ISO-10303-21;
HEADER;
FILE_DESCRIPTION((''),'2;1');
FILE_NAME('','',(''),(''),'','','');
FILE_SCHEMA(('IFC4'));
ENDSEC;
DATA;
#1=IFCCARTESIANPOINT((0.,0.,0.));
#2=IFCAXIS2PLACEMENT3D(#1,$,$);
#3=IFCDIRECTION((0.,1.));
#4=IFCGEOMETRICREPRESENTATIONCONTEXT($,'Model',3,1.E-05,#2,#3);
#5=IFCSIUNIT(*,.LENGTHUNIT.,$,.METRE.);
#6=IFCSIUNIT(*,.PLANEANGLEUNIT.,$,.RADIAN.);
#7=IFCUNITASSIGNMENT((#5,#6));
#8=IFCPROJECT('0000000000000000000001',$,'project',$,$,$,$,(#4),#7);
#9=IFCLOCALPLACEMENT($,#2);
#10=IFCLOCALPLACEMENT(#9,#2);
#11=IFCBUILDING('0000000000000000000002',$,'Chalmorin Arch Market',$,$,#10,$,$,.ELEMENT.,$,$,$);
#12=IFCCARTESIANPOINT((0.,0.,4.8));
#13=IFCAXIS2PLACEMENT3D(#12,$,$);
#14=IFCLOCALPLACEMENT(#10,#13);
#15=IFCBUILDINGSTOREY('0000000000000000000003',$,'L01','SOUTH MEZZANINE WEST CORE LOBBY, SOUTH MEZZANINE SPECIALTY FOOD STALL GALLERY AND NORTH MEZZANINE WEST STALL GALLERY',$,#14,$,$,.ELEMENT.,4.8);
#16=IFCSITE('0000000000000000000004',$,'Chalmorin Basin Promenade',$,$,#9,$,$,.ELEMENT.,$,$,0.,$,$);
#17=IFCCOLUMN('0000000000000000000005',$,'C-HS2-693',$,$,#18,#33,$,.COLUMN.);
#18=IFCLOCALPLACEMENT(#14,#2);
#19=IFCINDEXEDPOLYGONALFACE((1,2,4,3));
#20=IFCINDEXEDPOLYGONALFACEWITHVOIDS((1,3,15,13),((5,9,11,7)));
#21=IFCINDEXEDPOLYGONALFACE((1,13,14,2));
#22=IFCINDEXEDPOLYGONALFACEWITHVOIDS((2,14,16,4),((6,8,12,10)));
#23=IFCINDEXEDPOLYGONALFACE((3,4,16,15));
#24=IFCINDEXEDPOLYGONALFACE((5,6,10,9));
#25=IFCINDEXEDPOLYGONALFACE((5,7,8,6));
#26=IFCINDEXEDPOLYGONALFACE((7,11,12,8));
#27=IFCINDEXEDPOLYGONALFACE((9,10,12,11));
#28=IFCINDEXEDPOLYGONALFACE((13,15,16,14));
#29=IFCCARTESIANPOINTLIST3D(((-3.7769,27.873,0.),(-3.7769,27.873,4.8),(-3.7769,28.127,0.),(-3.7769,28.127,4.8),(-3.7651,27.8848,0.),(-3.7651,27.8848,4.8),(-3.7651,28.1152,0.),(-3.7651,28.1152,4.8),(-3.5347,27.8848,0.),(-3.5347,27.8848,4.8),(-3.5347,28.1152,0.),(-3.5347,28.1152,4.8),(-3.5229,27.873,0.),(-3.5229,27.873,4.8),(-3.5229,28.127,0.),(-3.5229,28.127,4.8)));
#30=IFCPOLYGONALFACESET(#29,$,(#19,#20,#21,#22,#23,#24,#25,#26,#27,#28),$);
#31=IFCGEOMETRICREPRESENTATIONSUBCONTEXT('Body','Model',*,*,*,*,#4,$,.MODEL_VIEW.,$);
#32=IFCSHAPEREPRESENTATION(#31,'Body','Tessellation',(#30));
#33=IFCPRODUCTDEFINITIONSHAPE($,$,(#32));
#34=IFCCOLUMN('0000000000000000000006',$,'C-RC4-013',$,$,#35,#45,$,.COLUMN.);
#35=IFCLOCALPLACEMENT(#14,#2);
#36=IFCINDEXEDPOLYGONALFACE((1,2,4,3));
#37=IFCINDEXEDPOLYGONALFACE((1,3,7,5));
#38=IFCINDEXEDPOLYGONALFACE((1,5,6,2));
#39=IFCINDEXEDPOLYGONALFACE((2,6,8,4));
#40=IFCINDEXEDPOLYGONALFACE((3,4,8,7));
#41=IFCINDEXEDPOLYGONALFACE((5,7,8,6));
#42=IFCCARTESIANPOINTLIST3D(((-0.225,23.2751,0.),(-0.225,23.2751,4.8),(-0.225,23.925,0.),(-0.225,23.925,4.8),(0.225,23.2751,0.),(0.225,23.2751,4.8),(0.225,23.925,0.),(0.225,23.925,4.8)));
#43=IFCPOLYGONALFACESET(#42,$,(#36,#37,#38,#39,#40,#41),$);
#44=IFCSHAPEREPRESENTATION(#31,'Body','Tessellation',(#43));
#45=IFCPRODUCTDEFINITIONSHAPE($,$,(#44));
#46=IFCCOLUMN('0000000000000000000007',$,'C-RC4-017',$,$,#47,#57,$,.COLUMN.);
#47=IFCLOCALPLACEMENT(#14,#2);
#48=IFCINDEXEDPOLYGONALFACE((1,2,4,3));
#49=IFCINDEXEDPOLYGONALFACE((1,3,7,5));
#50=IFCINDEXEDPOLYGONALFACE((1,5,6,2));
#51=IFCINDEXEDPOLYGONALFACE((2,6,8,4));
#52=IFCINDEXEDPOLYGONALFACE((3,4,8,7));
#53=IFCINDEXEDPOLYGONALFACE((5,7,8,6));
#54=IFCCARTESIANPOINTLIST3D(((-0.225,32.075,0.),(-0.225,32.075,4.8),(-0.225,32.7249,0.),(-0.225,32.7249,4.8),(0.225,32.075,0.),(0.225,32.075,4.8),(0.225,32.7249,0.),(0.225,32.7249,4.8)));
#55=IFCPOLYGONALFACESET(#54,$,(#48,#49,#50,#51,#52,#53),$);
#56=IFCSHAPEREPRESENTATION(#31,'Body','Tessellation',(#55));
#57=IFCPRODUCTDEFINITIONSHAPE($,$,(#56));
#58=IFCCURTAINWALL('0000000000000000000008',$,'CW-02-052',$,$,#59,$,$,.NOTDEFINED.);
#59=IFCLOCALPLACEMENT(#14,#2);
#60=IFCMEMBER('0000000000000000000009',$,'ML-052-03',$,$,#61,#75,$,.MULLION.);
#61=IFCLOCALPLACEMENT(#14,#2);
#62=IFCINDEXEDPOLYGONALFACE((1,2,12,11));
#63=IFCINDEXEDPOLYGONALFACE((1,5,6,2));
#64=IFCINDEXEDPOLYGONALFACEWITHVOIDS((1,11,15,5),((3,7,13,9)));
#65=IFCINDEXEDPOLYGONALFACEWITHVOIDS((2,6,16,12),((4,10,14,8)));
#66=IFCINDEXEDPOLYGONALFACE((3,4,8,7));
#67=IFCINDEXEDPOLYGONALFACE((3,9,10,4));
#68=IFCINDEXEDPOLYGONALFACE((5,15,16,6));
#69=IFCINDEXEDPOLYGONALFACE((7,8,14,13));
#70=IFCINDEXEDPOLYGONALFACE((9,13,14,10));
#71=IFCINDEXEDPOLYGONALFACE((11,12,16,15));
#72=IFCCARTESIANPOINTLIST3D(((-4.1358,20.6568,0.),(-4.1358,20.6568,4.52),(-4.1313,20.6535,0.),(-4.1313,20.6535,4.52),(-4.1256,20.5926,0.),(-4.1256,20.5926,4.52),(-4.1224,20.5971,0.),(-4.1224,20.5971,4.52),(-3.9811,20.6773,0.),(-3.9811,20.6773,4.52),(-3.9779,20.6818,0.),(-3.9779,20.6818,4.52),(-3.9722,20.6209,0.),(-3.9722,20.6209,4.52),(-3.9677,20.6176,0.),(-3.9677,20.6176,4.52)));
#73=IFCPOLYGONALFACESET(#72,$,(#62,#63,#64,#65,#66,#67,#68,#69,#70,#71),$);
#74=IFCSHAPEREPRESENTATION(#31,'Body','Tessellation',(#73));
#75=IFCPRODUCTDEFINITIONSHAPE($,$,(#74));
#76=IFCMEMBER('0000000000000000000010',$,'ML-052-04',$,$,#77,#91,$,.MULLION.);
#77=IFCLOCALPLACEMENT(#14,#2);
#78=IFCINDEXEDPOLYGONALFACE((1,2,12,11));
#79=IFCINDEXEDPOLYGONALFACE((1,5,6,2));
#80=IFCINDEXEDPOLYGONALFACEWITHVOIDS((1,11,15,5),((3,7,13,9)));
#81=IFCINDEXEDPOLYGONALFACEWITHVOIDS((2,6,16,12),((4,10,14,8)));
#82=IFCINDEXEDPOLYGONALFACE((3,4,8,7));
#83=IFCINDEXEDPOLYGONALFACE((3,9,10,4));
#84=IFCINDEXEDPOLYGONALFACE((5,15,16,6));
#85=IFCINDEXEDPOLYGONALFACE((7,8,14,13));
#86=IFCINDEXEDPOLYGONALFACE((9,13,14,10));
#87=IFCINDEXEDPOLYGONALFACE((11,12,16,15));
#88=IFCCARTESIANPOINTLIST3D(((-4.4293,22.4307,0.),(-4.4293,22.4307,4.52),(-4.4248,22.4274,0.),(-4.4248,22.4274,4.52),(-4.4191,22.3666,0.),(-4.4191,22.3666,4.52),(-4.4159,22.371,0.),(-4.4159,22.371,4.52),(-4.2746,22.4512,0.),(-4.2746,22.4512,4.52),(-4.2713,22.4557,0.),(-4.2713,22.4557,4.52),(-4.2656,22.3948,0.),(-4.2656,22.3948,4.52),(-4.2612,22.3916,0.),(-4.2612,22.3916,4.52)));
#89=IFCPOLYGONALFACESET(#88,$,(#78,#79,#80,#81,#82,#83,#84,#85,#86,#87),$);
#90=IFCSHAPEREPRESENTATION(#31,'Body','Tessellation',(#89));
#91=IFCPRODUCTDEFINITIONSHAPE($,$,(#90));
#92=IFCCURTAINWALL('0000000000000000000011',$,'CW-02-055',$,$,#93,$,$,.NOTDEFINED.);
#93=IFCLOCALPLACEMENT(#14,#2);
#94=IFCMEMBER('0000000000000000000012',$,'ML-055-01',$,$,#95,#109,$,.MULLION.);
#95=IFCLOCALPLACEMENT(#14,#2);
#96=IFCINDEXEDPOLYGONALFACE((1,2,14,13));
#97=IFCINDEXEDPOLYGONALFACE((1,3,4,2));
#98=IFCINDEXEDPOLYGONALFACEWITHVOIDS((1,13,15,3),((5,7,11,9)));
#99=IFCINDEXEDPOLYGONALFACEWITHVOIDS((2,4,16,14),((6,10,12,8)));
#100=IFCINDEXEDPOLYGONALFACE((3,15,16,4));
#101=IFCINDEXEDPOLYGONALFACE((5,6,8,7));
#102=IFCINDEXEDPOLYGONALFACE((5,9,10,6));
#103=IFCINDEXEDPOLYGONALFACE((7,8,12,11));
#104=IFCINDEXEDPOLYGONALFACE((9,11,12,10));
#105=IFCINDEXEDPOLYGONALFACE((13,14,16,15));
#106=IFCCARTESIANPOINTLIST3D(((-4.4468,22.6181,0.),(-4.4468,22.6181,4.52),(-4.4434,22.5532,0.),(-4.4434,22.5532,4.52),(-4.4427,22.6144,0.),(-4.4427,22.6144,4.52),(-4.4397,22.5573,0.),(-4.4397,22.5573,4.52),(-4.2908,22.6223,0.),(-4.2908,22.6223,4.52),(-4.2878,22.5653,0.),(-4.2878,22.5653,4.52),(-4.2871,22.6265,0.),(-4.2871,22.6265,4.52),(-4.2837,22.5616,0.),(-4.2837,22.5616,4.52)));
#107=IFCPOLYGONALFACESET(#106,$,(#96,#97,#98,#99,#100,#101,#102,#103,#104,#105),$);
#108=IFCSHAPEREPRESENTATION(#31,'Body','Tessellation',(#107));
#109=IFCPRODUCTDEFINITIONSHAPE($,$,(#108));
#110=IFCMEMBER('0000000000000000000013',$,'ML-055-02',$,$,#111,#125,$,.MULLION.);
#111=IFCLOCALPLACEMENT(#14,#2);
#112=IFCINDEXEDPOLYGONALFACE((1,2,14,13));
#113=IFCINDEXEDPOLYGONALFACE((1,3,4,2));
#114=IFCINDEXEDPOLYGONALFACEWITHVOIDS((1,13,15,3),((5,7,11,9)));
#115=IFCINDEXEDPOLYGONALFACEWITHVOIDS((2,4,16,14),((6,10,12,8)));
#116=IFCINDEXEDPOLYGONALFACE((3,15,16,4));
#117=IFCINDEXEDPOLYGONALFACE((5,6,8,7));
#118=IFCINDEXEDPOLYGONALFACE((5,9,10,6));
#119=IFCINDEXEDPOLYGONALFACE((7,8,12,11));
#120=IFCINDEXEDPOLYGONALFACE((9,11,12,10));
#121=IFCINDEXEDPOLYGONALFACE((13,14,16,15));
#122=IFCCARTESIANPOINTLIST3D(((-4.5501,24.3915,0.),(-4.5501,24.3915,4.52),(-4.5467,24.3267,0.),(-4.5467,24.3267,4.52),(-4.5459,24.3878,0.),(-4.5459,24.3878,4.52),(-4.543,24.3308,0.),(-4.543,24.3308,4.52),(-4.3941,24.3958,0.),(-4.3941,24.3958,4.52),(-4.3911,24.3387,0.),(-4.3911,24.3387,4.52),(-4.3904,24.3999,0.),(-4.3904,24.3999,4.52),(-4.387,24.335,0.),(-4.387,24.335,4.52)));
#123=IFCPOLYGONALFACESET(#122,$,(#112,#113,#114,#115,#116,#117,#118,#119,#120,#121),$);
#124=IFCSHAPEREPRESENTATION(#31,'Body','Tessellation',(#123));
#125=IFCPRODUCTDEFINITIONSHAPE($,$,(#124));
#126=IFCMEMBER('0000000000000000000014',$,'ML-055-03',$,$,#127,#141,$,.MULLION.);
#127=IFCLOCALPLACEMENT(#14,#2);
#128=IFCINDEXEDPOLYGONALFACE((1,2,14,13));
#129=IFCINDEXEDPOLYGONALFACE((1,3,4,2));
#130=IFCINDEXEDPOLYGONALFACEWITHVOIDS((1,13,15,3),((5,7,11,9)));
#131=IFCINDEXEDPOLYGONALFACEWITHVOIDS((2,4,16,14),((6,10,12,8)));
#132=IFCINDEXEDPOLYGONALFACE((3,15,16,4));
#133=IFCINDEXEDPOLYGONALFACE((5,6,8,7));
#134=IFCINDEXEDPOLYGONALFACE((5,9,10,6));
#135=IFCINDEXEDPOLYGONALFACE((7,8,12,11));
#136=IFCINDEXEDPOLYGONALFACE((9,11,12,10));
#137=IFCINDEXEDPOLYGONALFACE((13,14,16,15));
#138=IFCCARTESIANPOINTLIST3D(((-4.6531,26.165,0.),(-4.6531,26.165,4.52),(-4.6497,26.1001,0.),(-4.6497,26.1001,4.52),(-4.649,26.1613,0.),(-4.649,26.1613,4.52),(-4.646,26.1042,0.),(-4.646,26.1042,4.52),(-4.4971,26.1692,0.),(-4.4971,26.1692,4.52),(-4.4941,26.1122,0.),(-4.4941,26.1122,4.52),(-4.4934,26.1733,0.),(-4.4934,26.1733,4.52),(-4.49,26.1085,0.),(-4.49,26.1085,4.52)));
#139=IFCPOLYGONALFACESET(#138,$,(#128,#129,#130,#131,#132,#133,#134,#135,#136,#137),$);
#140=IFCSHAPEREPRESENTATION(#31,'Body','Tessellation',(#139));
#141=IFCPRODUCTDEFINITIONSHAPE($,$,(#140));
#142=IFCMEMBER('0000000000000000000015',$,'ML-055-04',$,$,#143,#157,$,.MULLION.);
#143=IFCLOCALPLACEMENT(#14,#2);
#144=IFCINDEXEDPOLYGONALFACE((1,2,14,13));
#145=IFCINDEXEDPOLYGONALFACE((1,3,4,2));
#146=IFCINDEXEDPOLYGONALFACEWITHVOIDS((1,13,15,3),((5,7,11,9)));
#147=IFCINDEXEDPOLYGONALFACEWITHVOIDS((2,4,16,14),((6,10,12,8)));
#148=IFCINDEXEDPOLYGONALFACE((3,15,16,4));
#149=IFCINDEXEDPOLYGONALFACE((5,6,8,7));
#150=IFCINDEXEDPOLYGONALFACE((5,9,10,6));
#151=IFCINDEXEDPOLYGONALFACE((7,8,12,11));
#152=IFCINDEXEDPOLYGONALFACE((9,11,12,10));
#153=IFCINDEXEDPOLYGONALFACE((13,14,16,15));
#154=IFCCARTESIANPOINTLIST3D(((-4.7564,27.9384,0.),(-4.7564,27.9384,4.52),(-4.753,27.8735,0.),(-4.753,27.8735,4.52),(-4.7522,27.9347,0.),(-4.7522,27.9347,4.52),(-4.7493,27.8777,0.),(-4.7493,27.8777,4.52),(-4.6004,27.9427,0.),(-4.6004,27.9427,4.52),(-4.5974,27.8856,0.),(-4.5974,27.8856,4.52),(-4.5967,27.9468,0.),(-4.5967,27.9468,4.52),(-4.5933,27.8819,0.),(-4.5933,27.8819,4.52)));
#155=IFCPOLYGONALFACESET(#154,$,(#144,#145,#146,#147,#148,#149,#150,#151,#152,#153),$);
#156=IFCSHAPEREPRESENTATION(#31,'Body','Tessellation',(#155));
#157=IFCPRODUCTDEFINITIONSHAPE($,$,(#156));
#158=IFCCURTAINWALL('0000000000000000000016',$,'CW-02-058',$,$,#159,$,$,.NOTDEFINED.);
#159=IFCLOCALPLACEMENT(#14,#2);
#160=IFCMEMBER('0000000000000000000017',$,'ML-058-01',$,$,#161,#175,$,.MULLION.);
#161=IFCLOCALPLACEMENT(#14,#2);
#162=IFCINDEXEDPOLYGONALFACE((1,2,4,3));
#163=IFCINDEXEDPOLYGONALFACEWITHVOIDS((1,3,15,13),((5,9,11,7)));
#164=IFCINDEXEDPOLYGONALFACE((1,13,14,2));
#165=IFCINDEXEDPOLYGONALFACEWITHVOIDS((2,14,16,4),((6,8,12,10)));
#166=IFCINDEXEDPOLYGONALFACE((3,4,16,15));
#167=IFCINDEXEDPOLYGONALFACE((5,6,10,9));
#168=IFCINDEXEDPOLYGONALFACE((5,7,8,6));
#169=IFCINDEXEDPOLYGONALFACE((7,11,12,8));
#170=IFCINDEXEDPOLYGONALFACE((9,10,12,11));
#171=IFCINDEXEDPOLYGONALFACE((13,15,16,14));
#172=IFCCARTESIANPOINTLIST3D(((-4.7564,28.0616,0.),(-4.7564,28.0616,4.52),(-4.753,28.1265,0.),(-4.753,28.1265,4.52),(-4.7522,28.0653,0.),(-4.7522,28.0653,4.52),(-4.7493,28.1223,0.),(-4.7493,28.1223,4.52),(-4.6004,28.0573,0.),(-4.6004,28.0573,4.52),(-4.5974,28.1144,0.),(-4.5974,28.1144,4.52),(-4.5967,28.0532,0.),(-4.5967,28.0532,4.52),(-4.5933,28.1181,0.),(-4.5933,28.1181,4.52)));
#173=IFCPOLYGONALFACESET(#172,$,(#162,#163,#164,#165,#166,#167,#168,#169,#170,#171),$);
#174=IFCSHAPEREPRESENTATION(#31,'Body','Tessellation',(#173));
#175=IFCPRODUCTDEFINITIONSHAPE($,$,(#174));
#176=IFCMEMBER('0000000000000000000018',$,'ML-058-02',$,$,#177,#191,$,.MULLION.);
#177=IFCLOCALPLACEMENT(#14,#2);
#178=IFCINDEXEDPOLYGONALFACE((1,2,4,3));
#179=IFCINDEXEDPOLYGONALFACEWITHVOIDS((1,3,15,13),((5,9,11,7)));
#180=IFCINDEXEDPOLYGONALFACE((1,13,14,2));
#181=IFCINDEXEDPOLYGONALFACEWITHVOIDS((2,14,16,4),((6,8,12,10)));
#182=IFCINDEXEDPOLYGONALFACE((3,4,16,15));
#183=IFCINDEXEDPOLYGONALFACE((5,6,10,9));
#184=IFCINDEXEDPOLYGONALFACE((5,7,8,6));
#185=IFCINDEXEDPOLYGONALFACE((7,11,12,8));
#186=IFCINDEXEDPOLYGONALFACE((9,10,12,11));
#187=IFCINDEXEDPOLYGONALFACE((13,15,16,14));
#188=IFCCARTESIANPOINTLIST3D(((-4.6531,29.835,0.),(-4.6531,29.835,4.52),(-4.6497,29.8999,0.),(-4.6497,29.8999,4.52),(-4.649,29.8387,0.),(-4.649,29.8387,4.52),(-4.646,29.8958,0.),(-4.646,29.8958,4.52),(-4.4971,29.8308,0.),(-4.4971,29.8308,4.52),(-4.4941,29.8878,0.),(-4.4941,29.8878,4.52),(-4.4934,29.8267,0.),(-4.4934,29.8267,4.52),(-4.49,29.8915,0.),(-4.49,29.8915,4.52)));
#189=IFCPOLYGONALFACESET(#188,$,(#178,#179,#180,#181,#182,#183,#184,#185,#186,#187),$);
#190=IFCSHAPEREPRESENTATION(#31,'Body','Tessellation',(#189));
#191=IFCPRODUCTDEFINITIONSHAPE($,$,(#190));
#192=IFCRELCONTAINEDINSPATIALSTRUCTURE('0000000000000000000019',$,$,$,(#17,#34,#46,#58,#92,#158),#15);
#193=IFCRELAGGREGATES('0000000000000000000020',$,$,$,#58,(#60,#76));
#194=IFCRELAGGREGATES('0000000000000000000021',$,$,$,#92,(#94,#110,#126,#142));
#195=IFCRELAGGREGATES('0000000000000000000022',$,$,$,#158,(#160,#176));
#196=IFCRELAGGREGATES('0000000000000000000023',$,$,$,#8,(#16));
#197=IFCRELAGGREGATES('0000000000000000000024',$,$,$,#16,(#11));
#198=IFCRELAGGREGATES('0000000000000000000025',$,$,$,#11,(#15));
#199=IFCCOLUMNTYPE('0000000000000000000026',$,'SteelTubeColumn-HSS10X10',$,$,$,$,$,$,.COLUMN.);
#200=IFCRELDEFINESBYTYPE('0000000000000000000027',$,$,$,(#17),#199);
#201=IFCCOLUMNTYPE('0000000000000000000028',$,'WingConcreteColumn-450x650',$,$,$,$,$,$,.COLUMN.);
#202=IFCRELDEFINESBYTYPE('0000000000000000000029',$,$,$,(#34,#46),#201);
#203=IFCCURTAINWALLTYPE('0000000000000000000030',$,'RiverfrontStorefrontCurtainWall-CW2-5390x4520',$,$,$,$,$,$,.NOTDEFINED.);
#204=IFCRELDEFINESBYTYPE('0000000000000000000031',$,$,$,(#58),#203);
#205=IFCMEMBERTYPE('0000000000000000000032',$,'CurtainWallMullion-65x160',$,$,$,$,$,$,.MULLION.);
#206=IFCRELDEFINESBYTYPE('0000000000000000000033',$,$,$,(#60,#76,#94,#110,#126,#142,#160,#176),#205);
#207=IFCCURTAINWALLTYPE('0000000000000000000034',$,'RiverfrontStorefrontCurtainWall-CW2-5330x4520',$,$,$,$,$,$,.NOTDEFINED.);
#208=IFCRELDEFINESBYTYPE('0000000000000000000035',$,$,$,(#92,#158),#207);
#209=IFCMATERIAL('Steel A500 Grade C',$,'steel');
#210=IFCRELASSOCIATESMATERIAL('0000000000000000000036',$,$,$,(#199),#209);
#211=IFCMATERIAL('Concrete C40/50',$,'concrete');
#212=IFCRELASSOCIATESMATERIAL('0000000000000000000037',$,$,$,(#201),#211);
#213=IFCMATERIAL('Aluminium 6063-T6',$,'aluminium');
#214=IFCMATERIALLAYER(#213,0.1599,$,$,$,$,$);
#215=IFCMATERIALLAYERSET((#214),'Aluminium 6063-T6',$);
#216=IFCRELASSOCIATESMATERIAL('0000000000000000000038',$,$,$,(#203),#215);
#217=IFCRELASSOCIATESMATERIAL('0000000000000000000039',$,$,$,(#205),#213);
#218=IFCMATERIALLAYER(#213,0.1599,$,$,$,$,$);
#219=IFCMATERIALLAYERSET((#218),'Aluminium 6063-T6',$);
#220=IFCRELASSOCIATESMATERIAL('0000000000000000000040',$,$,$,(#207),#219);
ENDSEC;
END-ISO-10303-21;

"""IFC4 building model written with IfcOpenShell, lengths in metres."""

from ifc_helpers import new_model, si_unit, direction, frame, origin, origin_2d, place, context, subcontext, project, spatial, rectangle, hollow_rectangle, extrude, material, layer, layer_set, material_profile, profile_set, type_object, element, aggregate, save


model = new_model("IFC4")

# Units and contexts
model_context = context("Model", 3, precision=1e-05, world=origin(), true_north=direction((0.0, 1.0)))
body_context = subcontext(model_context, "Body", "Model", "MODEL_VIEW")
ifc_project = project(units=[si_unit("LENGTHUNIT", "METRE"), si_unit("PLANEANGLEUNIT", "RADIAN")], contexts=[model_context])

# Site, building, storey
site_placement = place(None, origin())
site = spatial("IfcSite", under=ifc_project, at=site_placement, Name="Chalmorin Basin Promenade", CompositionType="ELEMENT", RefElevation=0.0)
building_placement = place(site_placement, origin())
building = spatial("IfcBuilding", under=site, at=building_placement, Name="Chalmorin Arch Market", CompositionType="ELEMENT")
storey_placement = place(building_placement, frame((0.0, 0.0, 4.8)))
storey = spatial("IfcBuildingStorey", under=building, at=storey_placement, Name="L01", Description="SOUTH MEZZANINE WEST CORE LOBBY, SOUTH MEZZANINE SPECIALTY FOOD STALL GALLERY AND NORTH MEZZANINE WEST STALL GALLERY", CompositionType="ELEMENT", Elevation=4.8)

# Columns
ifc_material_1 = material(Name="Steel A500 Grade C", Category="steel")
ifc_material_profile_1 = material_profile(ifc_material_1, hollow_rectangle(XDim=0.2539, YDim=0.2539, WallThickness=0.0117, at=origin_2d()), Name="HSS10X10X1/2")
ifc_profile_set_1 = profile_set([ifc_material_profile_1], Name="Steel A500 Grade C")
column_type_1 = type_object("IfcColumnType", Name="SteelTubeColumn-HSS10X10", PredefinedType="COLUMN", material=ifc_profile_set_1)
column_placement = place(storey_placement, frame((-3.6499, 28.0, 0.0), z_axis=(0.0, 0.0, 1.0), x_axis=(1.0, 0.0, 0.0)))
element("IfcColumn", 1, at=column_placement, inside=storey, type_object=column_type_1, Name="C-HS2-693", PredefinedType="COLUMN", context=body_context, shape_type="SweptSolid", body=[
    extrude(hollow_rectangle(XDim=0.2539, YDim=0.2539, WallThickness=0.0117, at=origin_2d()), origin(), (0.0, 0.0, 1.0), 4.8),
])
ifc_material_2 = material(Name="Concrete C40/50", Category="concrete")
ifc_material_profile_2 = material_profile(ifc_material_2, rectangle(XDim=0.45, YDim=0.6499, at=origin_2d()), Name="RC450X650")
ifc_profile_set_2 = profile_set([ifc_material_profile_2], Name="Concrete C40/50")
column_type_2 = type_object("IfcColumnType", Name="WingConcreteColumn-450x650", PredefinedType="COLUMN", material=ifc_profile_set_2)
for number, where, z_axis, x_axis, name in (
    (2, (0.0, 23.6001, 0.0), (0.0, 0.0, 1.0), (1.0, 0.0, 0.0), "C-RC4-013"),
    (3, (0.0, 32.3999, 0.0), (0.0, 0.0, 1.0), (1.0, 0.0, 0.0), "C-RC4-017"),
):
    element("IfcColumn", number, at=place(storey_placement, frame(where, z_axis=z_axis, x_axis=x_axis)), inside=storey, type_object=column_type_2, Name=name, PredefinedType="COLUMN", context=body_context, shape_type="SweptSolid", body=[
        extrude(rectangle(XDim=0.45, YDim=0.6499, at=origin_2d()), origin(), (0.0, 0.0, 1.0), 4.8),
    ])

# Curtain walls, members
ifc_material_3 = material(Name="Aluminium 6063-T6", Category="aluminium")
ifc_layer_1 = layer(ifc_material_3, 0.1599)
ifc_layer_set_1 = layer_set([ifc_layer_1], Name="Aluminium 6063-T6")
curtain_wall_type_1 = type_object("IfcCurtainWallType", Name="RiverfrontStorefrontCurtainWall-CW2-5390x4520", PredefinedType="NOTDEFINED", material=ifc_layer_set_1)
curtain_wall_1_placement = place(storey_placement, origin())
curtain_wall_1 = element("IfcCurtainWall", 4, at=curtain_wall_1_placement, inside=storey, type_object=curtain_wall_type_1, Name="CW-02-052", PredefinedType="NOTDEFINED")
ifc_material_profile_3 = material_profile(ifc_material_3, hollow_rectangle(XDim=0.0649, YDim=0.1599, WallThickness=0.0039, at=origin_2d()), Name="ALU65X160X4")
ifc_profile_set_3 = profile_set([ifc_material_profile_3], Name="Aluminium 6063-T6")
member_type_1 = type_object("IfcMemberType", Name="CurtainWallMullion-65x160", PredefinedType="MULLION", material=ifc_profile_set_3)
member_1_placement = place(storey_placement, frame((-4.0518, 20.6372, 0.0), z_axis=(0.0, 0.0, 1.0), x_axis=(-0.156434, 0.987688, 0.0)))
member_1 = element("IfcMember", 5, at=member_1_placement, type_object=member_type_1, Name="ML-052-03", PredefinedType="MULLION", context=body_context, shape_type="SweptSolid", body=[
    extrude(hollow_rectangle(XDim=0.0649, YDim=0.1599, WallThickness=0.0039, at=origin_2d()), origin(), (0.0, 0.0, 1.0), 4.52),
])
member_2_placement = place(storey_placement, frame((-4.3452, 22.4111, 0.0), z_axis=(0.0, 0.0, 1.0), x_axis=(-0.156434, 0.987688, 0.0)))
member_2 = element("IfcMember", 6, at=member_2_placement, type_object=member_type_1, Name="ML-052-04", PredefinedType="MULLION", context=body_context, shape_type="SweptSolid", body=[
    extrude(hollow_rectangle(XDim=0.0649, YDim=0.1599, WallThickness=0.0039, at=origin_2d()), origin(), (0.0, 0.0, 1.0), 4.52),
])
ifc_layer_2 = layer(ifc_material_3, 0.1599)
ifc_layer_set_2 = layer_set([ifc_layer_2], Name="Aluminium 6063-T6")
curtain_wall_type_2 = type_object("IfcCurtainWallType", Name="RiverfrontStorefrontCurtainWall-CW2-5330x4520", PredefinedType="NOTDEFINED", material=ifc_layer_set_2)
curtain_wall_2_placement = place(storey_placement, origin())
curtain_wall_2 = element("IfcCurtainWall", 7, at=curtain_wall_2_placement, inside=storey, type_object=curtain_wall_type_2, Name="CW-02-055", PredefinedType="NOTDEFINED")
member_3_placement = place(storey_placement, frame((-4.3652, 22.5898, 0.0), z_axis=(0.0, 0.0, 1.0), x_axis=(-0.052336, 0.99863, 0.0)))
member_3 = element("IfcMember", 8, at=member_3_placement, type_object=member_type_1, Name="ML-055-01", PredefinedType="MULLION", context=body_context, shape_type="SweptSolid", body=[
    extrude(hollow_rectangle(XDim=0.0649, YDim=0.1599, WallThickness=0.0039, at=origin_2d()), origin(), (0.0, 0.0, 1.0), 4.52),
])
member_4_placement = place(storey_placement, frame((-4.4685, 24.3633, 0.0), z_axis=(0.0, 0.0, 1.0), x_axis=(-0.052336, 0.99863, 0.0)))
member_4 = element("IfcMember", 9, at=member_4_placement, type_object=member_type_1, Name="ML-055-02", PredefinedType="MULLION", context=body_context, shape_type="SweptSolid", body=[
    extrude(hollow_rectangle(XDim=0.0649, YDim=0.1599, WallThickness=0.0039, at=origin_2d()), origin(), (0.0, 0.0, 1.0), 4.52),
])
member_5_placement = place(storey_placement, frame((-4.5715, 26.1367, 0.0), z_axis=(0.0, 0.0, 1.0), x_axis=(-0.052336, 0.99863, 0.0)))
member_5 = element("IfcMember", 10, at=member_5_placement, type_object=member_type_1, Name="ML-055-03", PredefinedType="MULLION", context=body_context, shape_type="SweptSolid", body=[
    extrude(hollow_rectangle(XDim=0.0649, YDim=0.1599, WallThickness=0.0039, at=origin_2d()), origin(), (0.0, 0.0, 1.0), 4.52),
])
member_6_placement = place(storey_placement, frame((-4.6748, 27.9102, 0.0), z_axis=(0.0, 0.0, 1.0), x_axis=(-0.052336, 0.99863, 0.0)))
member_6 = element("IfcMember", 11, at=member_6_placement, type_object=member_type_1, Name="ML-055-04", PredefinedType="MULLION", context=body_context, shape_type="SweptSolid", body=[
    extrude(hollow_rectangle(XDim=0.0649, YDim=0.1599, WallThickness=0.0039, at=origin_2d()), origin(), (0.0, 0.0, 1.0), 4.52),
])
curtain_wall_3_placement = place(storey_placement, origin())
curtain_wall_3 = element("IfcCurtainWall", 12, at=curtain_wall_3_placement, inside=storey, type_object=curtain_wall_type_2, Name="CW-02-058", PredefinedType="NOTDEFINED")
member_7_placement = place(storey_placement, frame((-4.6748, 28.0898, 0.0), z_axis=(0.0, 0.0, 1.0), x_axis=(0.052336, 0.99863, 0.0)))
member_7 = element("IfcMember", 13, at=member_7_placement, type_object=member_type_1, Name="ML-058-01", PredefinedType="MULLION", context=body_context, shape_type="SweptSolid", body=[
    extrude(hollow_rectangle(XDim=0.0649, YDim=0.1599, WallThickness=0.0039, at=origin_2d()), origin(), (0.0, 0.0, 1.0), 4.52),
])
member_8_placement = place(storey_placement, frame((-4.5715, 29.8633, 0.0), z_axis=(0.0, 0.0, 1.0), x_axis=(0.052336, 0.99863, 0.0)))
member_8 = element("IfcMember", 14, at=member_8_placement, type_object=member_type_1, Name="ML-058-02", PredefinedType="MULLION", context=body_context, shape_type="SweptSolid", body=[
    extrude(hollow_rectangle(XDim=0.0649, YDim=0.1599, WallThickness=0.0039, at=origin_2d()), origin(), (0.0, 0.0, 1.0), 4.52),
])

aggregate(curtain_wall_1, [member_1, member_2])
aggregate(curtain_wall_2, [member_3, member_4, member_5, member_6])
aggregate(curtain_wall_3, [member_7, member_8])

save(model, "model.ifc")
